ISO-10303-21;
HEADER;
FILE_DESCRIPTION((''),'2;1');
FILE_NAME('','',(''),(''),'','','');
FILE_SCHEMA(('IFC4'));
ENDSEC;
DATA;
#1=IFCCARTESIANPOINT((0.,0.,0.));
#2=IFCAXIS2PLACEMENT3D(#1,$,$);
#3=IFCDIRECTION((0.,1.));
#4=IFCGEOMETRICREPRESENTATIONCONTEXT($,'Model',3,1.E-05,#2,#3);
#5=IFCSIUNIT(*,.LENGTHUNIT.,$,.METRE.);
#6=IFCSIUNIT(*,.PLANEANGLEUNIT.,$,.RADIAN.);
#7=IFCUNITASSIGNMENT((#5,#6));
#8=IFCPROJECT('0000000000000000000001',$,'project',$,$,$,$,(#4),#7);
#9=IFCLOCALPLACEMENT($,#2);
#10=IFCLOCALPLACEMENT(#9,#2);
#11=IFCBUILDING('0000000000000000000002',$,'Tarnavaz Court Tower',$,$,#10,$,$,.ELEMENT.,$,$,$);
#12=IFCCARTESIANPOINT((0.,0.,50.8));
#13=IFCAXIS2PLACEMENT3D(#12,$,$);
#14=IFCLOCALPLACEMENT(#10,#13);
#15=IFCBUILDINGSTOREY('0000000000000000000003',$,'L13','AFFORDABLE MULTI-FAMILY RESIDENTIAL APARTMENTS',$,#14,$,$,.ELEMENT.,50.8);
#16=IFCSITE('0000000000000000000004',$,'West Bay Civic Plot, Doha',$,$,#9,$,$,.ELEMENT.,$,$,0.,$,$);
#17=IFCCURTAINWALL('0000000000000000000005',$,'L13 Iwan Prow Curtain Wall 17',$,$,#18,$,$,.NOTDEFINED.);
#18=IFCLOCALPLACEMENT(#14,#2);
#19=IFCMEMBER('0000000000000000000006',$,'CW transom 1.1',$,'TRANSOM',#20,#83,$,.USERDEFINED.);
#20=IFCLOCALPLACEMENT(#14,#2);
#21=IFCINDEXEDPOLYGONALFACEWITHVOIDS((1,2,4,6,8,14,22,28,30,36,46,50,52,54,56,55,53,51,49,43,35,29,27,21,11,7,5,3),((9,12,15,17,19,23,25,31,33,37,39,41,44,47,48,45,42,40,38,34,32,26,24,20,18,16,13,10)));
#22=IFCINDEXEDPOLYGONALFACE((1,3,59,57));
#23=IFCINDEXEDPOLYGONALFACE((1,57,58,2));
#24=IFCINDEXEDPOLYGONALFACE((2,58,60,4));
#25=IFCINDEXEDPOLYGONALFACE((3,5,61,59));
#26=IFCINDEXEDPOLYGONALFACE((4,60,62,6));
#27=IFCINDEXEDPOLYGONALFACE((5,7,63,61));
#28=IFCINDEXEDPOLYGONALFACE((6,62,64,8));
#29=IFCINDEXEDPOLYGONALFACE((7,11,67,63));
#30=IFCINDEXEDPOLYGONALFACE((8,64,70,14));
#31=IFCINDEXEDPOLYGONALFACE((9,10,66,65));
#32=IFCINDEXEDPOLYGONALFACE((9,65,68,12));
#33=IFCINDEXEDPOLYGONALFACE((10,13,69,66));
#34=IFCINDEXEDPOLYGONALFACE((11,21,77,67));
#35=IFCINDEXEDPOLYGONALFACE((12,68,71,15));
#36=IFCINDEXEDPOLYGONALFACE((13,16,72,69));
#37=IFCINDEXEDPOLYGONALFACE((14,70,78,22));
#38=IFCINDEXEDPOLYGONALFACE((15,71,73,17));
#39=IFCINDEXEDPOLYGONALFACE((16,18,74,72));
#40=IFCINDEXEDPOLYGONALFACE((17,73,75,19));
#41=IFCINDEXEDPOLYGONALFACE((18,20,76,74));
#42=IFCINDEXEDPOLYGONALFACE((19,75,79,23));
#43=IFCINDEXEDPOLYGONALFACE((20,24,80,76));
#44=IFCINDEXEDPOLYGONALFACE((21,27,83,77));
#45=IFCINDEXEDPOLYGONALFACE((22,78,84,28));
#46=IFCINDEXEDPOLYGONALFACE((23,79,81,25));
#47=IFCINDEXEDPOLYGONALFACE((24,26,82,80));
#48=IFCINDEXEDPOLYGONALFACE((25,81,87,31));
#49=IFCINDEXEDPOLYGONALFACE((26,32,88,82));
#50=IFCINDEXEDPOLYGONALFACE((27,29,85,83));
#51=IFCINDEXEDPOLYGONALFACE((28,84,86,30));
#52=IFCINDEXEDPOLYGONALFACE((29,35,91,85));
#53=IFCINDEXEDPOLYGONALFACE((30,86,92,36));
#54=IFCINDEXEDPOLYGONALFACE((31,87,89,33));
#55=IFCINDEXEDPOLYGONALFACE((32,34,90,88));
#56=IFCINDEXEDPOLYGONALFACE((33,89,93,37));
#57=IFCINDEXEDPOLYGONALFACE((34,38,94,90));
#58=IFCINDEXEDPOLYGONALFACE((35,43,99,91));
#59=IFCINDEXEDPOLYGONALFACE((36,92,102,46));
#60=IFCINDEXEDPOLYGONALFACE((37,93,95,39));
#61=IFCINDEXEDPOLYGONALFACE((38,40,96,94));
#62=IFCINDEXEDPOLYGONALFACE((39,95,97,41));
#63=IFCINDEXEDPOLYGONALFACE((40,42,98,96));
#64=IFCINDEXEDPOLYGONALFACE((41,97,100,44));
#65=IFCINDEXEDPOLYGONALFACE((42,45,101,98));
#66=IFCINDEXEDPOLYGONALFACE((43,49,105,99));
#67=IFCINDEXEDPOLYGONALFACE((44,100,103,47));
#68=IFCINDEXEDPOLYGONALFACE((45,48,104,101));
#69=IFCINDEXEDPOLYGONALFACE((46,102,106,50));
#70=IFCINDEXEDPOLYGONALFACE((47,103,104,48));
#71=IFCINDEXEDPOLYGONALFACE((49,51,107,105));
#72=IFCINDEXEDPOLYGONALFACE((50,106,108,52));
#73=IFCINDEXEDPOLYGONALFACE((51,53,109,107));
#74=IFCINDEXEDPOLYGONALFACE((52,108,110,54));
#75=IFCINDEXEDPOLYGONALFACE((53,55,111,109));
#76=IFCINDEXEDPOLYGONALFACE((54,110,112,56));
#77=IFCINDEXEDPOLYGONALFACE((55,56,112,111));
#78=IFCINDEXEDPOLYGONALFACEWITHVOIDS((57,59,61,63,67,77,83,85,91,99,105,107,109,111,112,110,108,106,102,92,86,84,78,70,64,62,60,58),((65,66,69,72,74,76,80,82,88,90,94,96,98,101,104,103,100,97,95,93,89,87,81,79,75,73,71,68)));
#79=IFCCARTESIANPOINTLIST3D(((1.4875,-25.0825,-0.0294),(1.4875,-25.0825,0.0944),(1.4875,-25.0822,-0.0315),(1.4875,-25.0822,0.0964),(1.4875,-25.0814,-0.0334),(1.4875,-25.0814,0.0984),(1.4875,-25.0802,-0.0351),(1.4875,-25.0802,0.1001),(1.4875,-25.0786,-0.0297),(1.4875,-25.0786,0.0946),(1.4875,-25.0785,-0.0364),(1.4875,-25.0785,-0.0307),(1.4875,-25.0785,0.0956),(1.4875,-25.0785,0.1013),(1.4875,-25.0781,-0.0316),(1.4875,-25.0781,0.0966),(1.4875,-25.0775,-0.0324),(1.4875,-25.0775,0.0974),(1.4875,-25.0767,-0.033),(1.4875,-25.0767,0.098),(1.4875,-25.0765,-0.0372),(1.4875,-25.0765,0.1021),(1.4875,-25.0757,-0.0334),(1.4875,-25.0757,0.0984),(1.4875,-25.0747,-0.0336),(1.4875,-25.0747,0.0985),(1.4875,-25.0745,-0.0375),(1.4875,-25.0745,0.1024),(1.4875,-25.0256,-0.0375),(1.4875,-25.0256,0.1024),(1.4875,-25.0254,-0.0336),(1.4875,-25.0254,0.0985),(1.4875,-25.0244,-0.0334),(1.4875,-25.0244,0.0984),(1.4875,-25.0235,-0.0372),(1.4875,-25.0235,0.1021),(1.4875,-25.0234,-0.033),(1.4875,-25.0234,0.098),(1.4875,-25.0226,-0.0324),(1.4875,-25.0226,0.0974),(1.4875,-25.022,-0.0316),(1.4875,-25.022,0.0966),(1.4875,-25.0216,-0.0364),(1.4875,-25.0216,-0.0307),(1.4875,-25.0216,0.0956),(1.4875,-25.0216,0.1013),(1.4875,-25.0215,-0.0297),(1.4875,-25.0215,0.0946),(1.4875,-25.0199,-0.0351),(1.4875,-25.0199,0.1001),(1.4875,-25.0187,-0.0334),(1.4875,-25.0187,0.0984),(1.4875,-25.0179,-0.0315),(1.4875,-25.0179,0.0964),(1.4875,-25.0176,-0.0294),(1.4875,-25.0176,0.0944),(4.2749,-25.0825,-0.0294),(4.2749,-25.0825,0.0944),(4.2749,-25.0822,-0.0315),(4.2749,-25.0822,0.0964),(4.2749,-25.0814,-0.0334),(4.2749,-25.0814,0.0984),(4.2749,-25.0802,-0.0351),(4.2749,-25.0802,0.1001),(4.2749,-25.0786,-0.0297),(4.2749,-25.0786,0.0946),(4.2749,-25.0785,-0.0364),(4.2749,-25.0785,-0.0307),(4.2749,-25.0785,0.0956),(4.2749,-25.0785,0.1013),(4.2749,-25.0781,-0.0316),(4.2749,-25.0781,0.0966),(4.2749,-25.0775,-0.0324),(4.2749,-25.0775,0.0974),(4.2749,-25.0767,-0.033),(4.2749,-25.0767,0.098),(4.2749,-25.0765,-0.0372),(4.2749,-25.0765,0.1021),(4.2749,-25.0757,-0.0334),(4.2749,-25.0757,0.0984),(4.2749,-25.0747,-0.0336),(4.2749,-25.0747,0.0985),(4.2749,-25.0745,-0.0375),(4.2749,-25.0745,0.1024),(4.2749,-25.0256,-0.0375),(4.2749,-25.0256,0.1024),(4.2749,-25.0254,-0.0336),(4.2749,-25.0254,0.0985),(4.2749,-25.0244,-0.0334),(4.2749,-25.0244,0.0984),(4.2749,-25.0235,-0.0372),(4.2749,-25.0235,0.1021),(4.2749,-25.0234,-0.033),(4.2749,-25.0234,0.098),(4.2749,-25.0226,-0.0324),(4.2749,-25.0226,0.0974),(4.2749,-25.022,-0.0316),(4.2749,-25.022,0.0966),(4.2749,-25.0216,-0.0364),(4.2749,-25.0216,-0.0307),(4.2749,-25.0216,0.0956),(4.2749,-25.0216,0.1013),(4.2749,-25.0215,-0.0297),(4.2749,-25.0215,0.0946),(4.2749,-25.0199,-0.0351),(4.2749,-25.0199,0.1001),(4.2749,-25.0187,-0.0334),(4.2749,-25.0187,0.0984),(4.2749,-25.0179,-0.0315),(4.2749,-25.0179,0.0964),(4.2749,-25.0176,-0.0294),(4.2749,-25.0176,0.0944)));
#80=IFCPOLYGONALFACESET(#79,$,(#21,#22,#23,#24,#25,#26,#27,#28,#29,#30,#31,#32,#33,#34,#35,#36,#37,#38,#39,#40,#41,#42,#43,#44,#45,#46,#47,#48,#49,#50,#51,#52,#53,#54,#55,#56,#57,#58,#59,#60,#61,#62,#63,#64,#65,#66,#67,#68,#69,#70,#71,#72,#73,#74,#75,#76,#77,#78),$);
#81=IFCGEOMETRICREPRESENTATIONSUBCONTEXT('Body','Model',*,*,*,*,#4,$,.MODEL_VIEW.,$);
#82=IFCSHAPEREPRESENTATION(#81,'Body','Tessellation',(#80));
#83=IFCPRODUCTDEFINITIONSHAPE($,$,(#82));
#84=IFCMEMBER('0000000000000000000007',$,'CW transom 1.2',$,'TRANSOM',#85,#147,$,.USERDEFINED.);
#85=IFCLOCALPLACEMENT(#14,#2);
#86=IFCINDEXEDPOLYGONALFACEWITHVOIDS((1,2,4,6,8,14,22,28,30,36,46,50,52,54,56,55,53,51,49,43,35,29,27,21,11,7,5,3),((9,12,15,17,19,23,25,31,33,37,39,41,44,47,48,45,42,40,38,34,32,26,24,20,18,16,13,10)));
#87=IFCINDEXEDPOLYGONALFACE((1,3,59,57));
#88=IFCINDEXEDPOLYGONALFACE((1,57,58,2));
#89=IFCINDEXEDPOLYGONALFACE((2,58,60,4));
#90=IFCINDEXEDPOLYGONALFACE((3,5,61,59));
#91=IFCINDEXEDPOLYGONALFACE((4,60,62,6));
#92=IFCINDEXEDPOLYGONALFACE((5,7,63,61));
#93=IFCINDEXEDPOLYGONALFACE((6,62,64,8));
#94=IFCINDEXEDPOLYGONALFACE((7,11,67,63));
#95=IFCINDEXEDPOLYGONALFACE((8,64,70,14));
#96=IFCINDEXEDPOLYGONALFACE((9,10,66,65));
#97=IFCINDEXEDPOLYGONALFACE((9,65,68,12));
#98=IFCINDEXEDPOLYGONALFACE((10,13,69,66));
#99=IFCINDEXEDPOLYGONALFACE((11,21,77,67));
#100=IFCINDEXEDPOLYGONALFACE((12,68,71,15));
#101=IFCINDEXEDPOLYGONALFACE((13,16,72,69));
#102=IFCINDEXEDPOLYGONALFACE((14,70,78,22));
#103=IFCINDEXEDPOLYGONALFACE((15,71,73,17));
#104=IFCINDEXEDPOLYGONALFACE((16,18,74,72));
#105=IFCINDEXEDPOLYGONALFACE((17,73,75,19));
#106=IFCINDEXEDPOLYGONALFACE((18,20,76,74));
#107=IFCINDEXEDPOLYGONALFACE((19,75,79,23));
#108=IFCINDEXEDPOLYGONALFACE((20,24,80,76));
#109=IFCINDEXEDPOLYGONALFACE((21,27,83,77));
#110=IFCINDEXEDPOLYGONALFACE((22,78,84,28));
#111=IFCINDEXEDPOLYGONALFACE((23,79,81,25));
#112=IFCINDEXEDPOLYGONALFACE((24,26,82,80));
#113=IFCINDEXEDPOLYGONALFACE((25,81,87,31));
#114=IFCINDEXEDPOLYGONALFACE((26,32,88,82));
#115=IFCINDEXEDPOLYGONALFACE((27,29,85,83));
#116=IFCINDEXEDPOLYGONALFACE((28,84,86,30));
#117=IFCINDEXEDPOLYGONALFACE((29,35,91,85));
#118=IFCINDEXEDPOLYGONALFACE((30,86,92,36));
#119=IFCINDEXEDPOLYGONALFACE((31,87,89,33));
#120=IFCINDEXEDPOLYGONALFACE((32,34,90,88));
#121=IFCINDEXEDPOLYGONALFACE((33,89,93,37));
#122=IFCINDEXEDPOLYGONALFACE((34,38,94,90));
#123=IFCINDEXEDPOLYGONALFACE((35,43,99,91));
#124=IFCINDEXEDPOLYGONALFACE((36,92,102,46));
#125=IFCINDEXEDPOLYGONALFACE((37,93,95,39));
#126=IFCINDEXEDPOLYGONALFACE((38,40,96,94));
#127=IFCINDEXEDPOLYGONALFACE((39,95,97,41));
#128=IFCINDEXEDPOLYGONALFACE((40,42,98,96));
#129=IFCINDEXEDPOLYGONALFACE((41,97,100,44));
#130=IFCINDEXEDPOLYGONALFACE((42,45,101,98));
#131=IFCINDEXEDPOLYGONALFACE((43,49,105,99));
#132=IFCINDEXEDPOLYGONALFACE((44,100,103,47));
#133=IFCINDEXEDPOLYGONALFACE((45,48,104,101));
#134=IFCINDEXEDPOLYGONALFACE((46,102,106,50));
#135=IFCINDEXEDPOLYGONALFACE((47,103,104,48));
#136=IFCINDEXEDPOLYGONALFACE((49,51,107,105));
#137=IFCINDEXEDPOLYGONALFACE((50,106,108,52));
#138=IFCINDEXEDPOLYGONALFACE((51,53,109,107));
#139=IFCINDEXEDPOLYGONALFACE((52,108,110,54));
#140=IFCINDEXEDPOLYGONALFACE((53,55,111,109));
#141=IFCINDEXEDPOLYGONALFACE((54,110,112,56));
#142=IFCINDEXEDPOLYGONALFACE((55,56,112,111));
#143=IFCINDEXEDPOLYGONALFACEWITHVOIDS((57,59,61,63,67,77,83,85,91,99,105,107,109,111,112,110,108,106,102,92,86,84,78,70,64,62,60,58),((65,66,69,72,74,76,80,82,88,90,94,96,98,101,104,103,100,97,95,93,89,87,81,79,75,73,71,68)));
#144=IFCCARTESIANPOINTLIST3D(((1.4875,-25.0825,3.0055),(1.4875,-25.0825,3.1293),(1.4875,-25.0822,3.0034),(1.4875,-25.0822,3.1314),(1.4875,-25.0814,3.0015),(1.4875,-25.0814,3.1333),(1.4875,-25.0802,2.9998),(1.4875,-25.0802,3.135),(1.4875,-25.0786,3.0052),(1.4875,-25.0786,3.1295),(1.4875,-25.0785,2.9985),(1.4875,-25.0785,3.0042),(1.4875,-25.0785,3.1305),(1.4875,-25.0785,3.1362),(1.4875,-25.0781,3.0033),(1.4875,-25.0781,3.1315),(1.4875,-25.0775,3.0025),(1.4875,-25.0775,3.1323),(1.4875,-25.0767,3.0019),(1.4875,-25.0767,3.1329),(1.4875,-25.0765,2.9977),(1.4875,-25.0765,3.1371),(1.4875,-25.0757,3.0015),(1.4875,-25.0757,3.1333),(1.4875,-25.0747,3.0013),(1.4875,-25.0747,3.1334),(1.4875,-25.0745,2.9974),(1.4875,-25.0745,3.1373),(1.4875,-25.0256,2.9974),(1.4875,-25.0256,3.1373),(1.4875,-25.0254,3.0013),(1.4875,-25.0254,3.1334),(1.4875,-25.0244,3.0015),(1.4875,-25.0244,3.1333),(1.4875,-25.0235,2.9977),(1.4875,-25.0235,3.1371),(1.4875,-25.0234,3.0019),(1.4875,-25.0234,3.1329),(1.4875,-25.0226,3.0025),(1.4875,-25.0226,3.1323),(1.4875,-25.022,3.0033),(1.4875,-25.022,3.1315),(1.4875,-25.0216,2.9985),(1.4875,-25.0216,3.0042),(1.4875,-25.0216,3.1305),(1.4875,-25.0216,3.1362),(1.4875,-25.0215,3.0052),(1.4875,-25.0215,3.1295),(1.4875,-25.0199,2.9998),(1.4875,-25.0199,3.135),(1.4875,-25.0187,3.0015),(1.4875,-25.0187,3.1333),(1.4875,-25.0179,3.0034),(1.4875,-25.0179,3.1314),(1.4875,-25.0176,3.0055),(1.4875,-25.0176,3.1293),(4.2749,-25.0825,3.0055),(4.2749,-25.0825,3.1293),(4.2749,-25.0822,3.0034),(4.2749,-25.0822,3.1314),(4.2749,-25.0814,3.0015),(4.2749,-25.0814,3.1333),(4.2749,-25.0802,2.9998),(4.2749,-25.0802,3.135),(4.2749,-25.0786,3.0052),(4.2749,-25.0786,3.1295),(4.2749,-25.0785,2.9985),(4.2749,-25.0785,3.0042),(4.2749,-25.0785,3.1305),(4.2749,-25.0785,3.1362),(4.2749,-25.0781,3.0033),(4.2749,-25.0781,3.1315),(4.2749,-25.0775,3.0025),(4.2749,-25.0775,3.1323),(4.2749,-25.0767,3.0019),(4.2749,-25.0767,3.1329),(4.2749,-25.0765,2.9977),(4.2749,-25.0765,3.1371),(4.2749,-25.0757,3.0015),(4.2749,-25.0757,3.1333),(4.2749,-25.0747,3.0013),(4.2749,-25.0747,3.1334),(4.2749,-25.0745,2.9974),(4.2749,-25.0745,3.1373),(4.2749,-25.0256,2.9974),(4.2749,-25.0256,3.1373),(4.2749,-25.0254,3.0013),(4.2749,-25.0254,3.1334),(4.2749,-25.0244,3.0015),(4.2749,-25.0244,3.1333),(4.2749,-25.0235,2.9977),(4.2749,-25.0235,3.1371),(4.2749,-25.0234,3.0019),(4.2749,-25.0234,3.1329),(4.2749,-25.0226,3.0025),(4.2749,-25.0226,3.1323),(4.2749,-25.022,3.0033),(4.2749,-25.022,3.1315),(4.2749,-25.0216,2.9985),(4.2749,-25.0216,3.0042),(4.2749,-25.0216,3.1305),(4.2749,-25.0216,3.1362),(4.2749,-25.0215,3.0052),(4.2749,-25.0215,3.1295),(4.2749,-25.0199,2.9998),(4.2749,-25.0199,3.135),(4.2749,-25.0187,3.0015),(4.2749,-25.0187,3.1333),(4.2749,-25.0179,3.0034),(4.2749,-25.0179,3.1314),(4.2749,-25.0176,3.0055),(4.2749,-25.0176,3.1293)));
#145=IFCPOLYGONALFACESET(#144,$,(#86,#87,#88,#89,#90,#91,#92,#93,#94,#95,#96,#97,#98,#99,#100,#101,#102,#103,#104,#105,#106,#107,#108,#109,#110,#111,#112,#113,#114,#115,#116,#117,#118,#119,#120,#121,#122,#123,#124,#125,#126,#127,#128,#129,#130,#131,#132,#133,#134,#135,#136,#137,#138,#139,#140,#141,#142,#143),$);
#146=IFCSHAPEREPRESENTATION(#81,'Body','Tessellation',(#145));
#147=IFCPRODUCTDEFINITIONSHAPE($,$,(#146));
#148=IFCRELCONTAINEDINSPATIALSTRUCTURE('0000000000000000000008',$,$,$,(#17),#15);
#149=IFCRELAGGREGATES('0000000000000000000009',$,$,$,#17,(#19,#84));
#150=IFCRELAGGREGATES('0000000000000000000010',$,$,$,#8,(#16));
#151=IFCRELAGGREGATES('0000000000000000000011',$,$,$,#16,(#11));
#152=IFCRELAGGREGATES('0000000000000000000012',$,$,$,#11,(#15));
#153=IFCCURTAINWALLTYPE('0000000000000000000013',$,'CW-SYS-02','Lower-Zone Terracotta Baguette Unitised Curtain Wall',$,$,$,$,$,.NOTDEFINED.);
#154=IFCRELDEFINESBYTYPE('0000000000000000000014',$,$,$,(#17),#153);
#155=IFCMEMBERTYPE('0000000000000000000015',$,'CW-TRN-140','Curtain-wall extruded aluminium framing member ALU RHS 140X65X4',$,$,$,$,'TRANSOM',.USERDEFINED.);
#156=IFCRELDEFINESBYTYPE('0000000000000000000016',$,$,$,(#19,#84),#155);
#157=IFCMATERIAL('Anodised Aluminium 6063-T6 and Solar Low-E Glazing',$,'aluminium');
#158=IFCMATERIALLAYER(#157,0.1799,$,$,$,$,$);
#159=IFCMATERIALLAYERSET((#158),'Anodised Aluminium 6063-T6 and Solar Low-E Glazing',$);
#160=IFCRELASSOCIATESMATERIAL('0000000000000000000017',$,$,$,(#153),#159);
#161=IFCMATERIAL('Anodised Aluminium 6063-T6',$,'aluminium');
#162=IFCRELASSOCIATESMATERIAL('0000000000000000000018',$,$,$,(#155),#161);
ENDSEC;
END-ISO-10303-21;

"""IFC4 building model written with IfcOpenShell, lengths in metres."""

from ifc_helpers import new_model, si_unit, direction, frame, origin, origin_2d, place, context, subcontext, project, spatial, hollow_rectangle, extrude, material, layer, layer_set, material_profile, profile_set, type_object, element, aggregate, save


model = new_model("IFC4")

# Units and contexts
model_context = context("Model", 3, precision=1e-05, world=origin(), true_north=direction((0.0, 1.0)))
body_context = subcontext(model_context, "Body", "Model", "MODEL_VIEW")
ifc_project = project(units=[si_unit("LENGTHUNIT", "METRE"), si_unit("PLANEANGLEUNIT", "RADIAN")], contexts=[model_context])

# Site, building, storey
site_placement = place(None, origin())
site = spatial("IfcSite", under=ifc_project, at=site_placement, Name="West Bay Civic Plot, Doha", CompositionType="ELEMENT", RefElevation=0.0)
building_placement = place(site_placement, origin())
building = spatial("IfcBuilding", under=site, at=building_placement, Name="Tarnavaz Court Tower", CompositionType="ELEMENT")
storey_placement = place(building_placement, frame((0.0, 0.0, 50.8)))
storey = spatial("IfcBuildingStorey", under=building, at=storey_placement, Name="L13", Description="AFFORDABLE MULTI-FAMILY RESIDENTIAL APARTMENTS", CompositionType="ELEMENT", Elevation=50.8)

# Curtain wall, members
ifc_material_1 = material(Name="Anodised Aluminium 6063-T6 and Solar Low-E Glazing", Category="aluminium")
ifc_layer_1 = layer(ifc_material_1, 0.1799)
ifc_layer_set_1 = layer_set([ifc_layer_1], Name="Anodised Aluminium 6063-T6 and Solar Low-E Glazing")
curtain_wall_type = type_object("IfcCurtainWallType", Name="CW-SYS-02", Description="Lower-Zone Terracotta Baguette Unitised Curtain Wall", PredefinedType="NOTDEFINED", material=ifc_layer_set_1)
curtain_wall_placement = place(storey_placement, origin())
curtain_wall = element("IfcCurtainWall", 1, at=curtain_wall_placement, inside=storey, type_object=curtain_wall_type, Name="L13 Iwan Prow Curtain Wall 17", PredefinedType="NOTDEFINED")
ifc_material_2 = material(Name="Anodised Aluminium 6063-T6", Category="aluminium")
ifc_material_profile_1 = material_profile(ifc_material_2, hollow_rectangle(XDim=0.0649, YDim=0.1399, WallThickness=0.0039, InnerFilletRadius=0.0039, OuterFilletRadius=0.0081, at=origin_2d()), Name="ALU RHS 140X65X4")
ifc_profile_set_1 = profile_set([ifc_material_profile_1], Name="Anodised Aluminium 6063-T6")
member_type_1 = type_object("IfcMemberType", Name="CW-TRN-140", Description="Curtain-wall extruded aluminium framing member ALU RHS 140X65X4", ElementType="TRANSOM", PredefinedType="USERDEFINED", material=ifc_profile_set_1)
member_1_placement = place(storey_placement, frame((4.2749, -25.05, 0.0325), z_axis=(-1.0, 0.0, 0.0), x_axis=(0.0, -1.0, 0.0)))
member_1 = element("IfcMember", 2, at=member_1_placement, type_object=member_type_1, Name="CW transom 1.1", ObjectType="TRANSOM", PredefinedType="USERDEFINED", context=body_context, shape_type="SweptSolid", body=[
    extrude(hollow_rectangle(XDim=0.0649, YDim=0.1399, WallThickness=0.0039, InnerFilletRadius=0.0039, OuterFilletRadius=0.0081, at=origin_2d()), origin(), (0.0, 0.0, 1.0), 2.7874),
])
member_2_placement = place(storey_placement, frame((4.2749, -25.05, 3.0674), z_axis=(-1.0, 0.0, 0.0), x_axis=(0.0, -1.0, 0.0)))
member_2 = element("IfcMember", 3, at=member_2_placement, type_object=member_type_1, Name="CW transom 1.2", ObjectType="TRANSOM", PredefinedType="USERDEFINED", context=body_context, shape_type="SweptSolid", body=[
    extrude(hollow_rectangle(XDim=0.0649, YDim=0.1399, WallThickness=0.0039, InnerFilletRadius=0.0039, OuterFilletRadius=0.0081, at=origin_2d()), origin(), (0.0, 0.0, 1.0), 2.7874),
])
aggregate(curtain_wall, [member_1, member_2])

save(model, "model.ifc")
